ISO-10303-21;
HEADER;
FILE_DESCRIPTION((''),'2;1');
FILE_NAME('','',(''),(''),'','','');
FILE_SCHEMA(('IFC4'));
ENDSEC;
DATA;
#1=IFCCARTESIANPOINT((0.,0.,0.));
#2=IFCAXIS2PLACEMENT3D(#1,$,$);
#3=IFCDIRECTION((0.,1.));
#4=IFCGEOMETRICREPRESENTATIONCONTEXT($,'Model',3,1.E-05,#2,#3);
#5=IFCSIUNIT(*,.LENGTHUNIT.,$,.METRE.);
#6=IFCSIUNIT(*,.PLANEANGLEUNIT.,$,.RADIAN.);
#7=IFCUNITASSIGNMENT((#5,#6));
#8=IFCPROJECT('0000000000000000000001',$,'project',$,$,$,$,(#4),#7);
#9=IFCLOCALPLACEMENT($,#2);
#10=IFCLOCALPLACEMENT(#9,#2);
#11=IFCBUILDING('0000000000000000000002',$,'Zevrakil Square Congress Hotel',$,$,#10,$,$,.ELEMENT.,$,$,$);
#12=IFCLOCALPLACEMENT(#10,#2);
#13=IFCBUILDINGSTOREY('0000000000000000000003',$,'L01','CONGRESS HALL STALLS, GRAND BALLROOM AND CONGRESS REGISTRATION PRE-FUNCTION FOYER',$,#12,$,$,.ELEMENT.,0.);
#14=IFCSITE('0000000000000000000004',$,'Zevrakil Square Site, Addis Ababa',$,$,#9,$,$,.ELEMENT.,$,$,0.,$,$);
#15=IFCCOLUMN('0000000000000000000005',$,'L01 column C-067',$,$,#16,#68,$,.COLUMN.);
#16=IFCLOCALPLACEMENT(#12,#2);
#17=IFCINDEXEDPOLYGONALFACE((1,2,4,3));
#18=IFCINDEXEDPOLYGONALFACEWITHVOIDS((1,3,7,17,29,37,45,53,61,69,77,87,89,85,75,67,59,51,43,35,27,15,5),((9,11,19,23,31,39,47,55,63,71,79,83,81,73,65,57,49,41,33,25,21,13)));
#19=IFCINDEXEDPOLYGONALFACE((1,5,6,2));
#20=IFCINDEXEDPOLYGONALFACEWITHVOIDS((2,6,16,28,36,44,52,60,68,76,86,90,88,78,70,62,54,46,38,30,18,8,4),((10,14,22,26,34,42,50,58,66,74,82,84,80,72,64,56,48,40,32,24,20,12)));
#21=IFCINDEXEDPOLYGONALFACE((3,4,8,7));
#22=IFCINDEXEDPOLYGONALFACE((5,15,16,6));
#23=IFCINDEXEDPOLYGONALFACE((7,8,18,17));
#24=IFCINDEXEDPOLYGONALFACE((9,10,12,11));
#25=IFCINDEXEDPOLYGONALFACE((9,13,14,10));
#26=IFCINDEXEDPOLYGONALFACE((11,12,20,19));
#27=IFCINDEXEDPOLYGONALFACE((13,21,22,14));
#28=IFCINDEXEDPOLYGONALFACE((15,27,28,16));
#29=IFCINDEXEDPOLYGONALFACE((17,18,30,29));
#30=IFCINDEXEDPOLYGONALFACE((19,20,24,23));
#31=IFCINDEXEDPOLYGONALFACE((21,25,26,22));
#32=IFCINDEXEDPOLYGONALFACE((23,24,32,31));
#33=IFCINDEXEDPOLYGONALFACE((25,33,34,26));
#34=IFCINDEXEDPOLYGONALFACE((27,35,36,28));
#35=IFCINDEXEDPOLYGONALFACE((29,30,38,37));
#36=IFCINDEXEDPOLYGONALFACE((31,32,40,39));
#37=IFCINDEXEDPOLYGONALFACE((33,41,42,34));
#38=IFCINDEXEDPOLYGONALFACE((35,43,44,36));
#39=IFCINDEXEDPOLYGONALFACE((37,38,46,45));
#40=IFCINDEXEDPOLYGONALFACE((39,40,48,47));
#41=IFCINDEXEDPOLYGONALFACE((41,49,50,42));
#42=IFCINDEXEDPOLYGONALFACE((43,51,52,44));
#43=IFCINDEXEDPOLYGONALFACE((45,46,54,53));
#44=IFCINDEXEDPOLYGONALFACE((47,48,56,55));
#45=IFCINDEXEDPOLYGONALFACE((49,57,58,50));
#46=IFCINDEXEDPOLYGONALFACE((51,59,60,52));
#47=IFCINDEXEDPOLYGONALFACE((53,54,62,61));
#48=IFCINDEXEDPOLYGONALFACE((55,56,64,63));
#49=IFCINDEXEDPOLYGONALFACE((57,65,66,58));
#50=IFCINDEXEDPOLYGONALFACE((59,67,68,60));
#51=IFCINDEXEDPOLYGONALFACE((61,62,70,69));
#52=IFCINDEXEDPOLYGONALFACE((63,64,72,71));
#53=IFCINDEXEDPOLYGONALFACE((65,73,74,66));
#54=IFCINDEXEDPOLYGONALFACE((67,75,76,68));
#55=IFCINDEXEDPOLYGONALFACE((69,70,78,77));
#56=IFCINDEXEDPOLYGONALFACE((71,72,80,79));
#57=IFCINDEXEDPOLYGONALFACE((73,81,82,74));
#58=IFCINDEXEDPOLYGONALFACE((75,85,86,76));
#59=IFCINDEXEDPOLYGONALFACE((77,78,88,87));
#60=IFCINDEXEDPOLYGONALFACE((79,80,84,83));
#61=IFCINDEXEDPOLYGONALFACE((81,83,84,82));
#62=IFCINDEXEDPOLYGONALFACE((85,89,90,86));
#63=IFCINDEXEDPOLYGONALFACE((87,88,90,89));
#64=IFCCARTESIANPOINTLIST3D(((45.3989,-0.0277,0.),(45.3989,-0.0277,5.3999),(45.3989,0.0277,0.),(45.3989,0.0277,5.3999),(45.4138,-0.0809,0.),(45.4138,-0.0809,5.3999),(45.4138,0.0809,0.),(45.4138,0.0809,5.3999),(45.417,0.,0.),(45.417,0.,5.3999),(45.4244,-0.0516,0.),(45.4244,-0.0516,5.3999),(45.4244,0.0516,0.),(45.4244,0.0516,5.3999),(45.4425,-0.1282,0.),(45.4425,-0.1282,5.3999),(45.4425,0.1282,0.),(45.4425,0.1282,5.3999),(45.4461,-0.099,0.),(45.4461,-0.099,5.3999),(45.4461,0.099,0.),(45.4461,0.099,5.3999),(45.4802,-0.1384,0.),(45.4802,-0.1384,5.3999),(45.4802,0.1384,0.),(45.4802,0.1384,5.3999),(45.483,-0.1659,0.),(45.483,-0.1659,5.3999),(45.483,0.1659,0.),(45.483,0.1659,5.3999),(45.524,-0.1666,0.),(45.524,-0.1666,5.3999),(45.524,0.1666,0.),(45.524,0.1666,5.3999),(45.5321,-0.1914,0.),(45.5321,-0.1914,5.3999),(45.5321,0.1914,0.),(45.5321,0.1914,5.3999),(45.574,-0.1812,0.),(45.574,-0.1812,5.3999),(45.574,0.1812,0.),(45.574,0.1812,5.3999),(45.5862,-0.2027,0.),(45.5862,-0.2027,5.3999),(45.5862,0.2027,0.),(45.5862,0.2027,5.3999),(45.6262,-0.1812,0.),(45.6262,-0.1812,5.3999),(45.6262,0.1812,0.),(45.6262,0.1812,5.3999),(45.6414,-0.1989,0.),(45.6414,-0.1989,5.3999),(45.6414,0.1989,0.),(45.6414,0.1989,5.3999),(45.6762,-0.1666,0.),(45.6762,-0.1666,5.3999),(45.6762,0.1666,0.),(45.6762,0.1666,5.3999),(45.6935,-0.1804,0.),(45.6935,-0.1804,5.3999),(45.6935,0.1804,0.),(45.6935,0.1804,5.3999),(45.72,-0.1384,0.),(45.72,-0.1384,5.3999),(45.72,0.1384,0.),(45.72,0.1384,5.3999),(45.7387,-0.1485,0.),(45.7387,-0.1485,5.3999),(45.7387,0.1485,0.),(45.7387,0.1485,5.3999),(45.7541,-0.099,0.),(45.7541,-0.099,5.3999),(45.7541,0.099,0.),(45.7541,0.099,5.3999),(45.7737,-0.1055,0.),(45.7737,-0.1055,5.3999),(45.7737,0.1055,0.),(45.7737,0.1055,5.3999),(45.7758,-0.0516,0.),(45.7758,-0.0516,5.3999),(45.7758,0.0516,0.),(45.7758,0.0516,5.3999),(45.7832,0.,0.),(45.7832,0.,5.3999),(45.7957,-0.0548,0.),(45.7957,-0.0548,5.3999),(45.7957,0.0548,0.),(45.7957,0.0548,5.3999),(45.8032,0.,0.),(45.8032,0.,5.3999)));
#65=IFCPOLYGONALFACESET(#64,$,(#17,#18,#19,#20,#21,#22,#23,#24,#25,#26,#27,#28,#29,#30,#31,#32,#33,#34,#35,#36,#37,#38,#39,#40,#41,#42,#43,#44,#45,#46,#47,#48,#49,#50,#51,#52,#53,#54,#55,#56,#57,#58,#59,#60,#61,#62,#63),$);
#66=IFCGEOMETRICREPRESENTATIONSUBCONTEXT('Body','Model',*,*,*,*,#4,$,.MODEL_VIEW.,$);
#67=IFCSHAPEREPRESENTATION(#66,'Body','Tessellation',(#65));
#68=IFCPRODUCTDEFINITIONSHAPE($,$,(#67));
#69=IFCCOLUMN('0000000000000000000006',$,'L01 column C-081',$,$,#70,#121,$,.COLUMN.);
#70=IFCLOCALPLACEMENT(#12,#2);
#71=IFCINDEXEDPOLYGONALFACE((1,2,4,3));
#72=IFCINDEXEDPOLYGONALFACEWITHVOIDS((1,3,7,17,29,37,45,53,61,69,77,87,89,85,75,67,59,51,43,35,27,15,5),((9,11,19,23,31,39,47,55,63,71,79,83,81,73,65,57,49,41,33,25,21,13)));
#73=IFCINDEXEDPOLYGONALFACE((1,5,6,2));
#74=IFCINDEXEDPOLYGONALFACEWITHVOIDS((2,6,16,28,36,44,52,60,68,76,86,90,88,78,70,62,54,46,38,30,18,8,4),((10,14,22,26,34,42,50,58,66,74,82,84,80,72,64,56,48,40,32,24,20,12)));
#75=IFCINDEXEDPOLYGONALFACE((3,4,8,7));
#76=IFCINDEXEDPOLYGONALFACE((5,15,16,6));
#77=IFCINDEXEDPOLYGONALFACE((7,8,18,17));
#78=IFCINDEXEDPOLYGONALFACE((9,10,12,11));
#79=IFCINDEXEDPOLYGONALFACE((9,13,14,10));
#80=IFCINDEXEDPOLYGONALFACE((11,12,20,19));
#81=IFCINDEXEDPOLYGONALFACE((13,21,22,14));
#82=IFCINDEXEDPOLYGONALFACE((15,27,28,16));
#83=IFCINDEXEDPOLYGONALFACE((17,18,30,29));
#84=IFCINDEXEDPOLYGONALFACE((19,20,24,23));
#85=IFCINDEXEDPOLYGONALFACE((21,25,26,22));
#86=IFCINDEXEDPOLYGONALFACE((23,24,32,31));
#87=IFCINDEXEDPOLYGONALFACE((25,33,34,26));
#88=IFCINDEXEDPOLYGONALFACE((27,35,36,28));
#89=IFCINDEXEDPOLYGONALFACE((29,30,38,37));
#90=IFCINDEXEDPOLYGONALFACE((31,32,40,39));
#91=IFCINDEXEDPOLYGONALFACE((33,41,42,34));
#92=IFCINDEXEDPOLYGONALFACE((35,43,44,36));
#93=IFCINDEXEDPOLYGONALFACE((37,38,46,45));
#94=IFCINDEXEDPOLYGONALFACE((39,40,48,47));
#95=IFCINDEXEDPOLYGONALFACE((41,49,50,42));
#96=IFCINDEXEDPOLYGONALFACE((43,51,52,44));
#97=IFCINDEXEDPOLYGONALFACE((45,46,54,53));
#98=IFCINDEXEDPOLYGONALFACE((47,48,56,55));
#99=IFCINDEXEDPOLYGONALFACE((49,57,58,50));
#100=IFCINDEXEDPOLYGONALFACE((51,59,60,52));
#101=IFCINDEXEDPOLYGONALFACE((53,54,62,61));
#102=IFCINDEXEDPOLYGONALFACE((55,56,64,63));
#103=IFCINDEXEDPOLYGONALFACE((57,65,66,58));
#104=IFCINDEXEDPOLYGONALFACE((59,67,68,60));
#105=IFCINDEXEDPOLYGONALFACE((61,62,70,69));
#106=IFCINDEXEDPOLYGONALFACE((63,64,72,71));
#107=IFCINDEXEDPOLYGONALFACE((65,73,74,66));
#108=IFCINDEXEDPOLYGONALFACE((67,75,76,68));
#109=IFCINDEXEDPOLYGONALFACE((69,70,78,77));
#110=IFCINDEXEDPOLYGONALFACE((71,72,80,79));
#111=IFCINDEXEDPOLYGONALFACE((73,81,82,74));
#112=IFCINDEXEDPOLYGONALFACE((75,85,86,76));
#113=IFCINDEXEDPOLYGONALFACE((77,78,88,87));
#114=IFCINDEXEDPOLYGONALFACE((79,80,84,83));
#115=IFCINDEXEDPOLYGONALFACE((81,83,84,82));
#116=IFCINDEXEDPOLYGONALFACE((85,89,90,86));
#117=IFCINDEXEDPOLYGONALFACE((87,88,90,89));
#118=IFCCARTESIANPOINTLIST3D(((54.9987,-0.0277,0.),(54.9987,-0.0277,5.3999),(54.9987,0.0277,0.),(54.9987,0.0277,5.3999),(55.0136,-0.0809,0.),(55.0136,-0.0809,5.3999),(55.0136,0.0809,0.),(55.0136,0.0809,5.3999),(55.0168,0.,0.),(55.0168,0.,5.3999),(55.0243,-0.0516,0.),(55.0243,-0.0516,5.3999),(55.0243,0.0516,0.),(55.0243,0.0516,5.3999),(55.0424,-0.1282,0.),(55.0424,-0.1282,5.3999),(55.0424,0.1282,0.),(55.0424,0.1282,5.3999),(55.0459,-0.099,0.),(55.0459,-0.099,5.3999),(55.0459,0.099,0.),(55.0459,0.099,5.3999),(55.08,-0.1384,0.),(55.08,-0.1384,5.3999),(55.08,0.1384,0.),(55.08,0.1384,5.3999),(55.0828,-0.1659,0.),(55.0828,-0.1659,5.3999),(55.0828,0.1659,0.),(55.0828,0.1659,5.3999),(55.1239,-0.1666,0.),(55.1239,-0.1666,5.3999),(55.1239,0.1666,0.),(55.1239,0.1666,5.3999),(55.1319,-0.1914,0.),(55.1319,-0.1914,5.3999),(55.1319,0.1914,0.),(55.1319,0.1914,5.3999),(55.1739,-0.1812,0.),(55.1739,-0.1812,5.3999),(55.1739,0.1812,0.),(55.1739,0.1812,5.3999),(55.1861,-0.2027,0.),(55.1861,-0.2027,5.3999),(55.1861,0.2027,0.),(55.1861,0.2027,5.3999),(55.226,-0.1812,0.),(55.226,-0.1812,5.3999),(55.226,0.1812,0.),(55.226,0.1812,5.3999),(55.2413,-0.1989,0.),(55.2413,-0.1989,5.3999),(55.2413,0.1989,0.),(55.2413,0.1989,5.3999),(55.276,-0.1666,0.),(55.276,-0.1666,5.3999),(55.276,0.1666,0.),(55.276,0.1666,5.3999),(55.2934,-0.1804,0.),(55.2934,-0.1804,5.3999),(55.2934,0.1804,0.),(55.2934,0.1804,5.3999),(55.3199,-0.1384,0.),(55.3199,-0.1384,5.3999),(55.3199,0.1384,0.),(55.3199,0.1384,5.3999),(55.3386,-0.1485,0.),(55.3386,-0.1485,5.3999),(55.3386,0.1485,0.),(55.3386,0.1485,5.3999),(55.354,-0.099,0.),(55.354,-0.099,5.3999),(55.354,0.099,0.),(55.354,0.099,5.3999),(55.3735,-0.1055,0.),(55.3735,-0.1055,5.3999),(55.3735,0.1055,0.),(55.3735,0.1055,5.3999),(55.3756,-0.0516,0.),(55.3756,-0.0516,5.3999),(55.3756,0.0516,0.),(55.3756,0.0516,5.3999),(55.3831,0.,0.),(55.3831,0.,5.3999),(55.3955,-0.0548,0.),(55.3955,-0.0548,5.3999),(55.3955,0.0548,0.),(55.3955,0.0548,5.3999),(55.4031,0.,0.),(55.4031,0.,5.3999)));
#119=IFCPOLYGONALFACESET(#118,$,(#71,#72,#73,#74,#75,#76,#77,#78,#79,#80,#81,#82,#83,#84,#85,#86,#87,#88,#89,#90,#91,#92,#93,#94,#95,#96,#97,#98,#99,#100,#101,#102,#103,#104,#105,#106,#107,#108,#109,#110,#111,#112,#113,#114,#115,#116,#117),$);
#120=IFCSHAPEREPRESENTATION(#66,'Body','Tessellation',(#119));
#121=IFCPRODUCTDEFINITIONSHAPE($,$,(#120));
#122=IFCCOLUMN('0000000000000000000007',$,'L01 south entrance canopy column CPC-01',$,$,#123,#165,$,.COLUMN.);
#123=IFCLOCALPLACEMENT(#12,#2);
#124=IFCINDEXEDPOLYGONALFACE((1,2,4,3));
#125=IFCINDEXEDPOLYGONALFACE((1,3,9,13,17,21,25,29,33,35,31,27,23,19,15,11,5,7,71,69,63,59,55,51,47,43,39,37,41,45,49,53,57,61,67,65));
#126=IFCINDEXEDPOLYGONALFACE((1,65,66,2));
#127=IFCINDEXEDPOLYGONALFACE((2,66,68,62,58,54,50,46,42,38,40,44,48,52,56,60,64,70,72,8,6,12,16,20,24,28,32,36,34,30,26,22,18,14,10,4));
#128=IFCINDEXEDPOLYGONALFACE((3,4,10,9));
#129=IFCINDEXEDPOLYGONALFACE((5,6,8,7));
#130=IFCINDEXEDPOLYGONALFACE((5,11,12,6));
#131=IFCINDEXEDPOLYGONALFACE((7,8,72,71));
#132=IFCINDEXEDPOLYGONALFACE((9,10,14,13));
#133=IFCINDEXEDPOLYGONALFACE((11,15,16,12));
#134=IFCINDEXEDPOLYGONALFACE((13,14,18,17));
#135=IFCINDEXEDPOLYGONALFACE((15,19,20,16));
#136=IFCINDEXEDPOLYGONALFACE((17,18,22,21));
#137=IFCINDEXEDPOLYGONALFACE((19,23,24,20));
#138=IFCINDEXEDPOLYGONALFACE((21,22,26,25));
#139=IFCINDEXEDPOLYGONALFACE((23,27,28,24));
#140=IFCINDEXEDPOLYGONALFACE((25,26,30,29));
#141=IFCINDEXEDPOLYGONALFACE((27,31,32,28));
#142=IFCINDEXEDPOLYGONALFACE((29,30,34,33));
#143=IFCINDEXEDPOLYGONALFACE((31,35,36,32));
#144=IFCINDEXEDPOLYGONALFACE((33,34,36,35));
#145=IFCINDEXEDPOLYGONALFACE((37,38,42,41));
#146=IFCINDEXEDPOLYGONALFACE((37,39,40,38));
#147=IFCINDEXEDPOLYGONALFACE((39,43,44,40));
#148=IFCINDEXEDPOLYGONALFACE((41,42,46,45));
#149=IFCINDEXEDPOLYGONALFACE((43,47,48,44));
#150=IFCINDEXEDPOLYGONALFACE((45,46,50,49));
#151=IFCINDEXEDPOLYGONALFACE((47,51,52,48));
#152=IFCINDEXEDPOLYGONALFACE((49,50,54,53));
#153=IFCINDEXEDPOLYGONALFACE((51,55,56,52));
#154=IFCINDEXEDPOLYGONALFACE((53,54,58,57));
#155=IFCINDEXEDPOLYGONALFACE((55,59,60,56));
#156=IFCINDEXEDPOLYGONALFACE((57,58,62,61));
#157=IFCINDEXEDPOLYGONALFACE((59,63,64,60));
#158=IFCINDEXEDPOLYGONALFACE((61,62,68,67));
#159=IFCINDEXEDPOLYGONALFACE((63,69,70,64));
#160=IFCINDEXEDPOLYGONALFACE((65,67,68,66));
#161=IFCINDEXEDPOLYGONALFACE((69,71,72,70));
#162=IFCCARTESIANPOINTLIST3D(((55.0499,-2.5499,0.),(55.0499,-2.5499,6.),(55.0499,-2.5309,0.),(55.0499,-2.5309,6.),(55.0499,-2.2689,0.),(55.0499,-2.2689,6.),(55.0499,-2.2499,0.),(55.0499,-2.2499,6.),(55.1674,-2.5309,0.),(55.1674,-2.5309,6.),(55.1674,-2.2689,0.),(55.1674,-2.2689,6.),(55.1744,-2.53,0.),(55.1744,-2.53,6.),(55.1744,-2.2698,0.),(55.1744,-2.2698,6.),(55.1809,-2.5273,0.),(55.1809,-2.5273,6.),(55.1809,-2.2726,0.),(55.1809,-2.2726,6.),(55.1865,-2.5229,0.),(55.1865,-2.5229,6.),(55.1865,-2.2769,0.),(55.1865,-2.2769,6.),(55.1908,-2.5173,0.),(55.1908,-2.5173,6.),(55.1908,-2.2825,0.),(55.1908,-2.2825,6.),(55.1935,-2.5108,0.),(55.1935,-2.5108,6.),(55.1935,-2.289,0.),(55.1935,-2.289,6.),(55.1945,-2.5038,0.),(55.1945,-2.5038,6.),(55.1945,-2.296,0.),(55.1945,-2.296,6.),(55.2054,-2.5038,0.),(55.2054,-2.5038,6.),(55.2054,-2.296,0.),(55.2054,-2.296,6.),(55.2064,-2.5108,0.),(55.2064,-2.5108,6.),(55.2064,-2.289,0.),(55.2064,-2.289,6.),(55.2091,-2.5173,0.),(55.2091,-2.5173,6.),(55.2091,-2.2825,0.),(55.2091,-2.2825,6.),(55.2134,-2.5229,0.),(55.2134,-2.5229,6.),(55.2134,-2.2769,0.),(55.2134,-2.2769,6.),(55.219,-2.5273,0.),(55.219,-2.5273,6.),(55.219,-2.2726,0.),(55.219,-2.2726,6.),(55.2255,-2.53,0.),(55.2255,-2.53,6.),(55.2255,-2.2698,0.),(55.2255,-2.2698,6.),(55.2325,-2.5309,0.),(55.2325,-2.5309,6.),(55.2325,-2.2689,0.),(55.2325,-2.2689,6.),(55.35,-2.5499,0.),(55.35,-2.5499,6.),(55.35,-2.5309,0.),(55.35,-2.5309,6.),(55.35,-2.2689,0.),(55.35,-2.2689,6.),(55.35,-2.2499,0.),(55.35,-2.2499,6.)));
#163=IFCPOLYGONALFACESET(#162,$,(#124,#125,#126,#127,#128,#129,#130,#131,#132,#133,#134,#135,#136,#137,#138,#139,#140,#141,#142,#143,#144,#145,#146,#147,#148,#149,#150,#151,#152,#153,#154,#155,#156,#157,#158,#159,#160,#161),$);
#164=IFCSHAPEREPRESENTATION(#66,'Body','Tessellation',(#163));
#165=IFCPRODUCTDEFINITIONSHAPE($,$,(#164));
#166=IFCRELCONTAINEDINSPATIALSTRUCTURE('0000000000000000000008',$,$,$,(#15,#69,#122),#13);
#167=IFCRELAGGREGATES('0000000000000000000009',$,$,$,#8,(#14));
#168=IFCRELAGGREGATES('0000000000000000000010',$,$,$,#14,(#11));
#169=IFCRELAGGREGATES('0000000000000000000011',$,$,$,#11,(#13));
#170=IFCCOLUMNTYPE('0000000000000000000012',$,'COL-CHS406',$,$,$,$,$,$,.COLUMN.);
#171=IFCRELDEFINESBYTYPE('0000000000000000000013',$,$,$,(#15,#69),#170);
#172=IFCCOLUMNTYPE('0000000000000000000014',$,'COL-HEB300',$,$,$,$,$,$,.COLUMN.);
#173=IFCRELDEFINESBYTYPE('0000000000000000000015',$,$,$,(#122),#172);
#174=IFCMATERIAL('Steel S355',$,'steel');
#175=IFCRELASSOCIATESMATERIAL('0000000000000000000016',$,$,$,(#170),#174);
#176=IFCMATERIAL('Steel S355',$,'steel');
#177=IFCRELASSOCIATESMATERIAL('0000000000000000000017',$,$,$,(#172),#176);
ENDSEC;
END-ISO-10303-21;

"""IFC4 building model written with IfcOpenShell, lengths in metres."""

from ifc_helpers import new_model, si_unit, direction, frame, origin, origin_2d, place, context, subcontext, project, spatial, hollow_circle, i_section, extrude, material, material_profile, profile_set, type_object, element, save


model = new_model("IFC4")

# Units and contexts
model_context = context("Model", 3, precision=1e-05, world=origin(), true_north=direction((0.0, 1.0)))
body_context = subcontext(model_context, "Body", "Model", "MODEL_VIEW")
ifc_project = project(units=[si_unit("LENGTHUNIT", "METRE"), si_unit("PLANEANGLEUNIT", "RADIAN")], contexts=[model_context])

# Site, building, storey
site_placement = place(None, origin())
site = spatial("IfcSite", under=ifc_project, at=site_placement, Name="Zevrakil Square Site, Addis Ababa", CompositionType="ELEMENT", RefElevation=0.0)
building_placement = place(site_placement, origin())
building = spatial("IfcBuilding", under=site, at=building_placement, Name="Zevrakil Square Congress Hotel", CompositionType="ELEMENT")
storey_placement = place(building_placement, origin())
storey = spatial("IfcBuildingStorey", under=building, at=storey_placement, Name="L01", Description="CONGRESS HALL STALLS, GRAND BALLROOM AND CONGRESS REGISTRATION PRE-FUNCTION FOYER", CompositionType="ELEMENT", Elevation=0.0)

# Columns
ifc_material_1 = material(Name="Steel S355", Category="steel")
ifc_material_profile_1 = material_profile(ifc_material_1, hollow_circle(Radius=0.2031, WallThickness=0.02, at=origin_2d()), Name="CHS 406.4x20")
ifc_profile_set_1 = profile_set([ifc_material_profile_1], Name="Steel S355")
column_type_1 = type_object("IfcColumnType", Name="COL-CHS406", PredefinedType="COLUMN", material=ifc_profile_set_1)
for number, where, z_axis, x_axis, name in (
    (1, (45.6001, 0.0, 0.0), (0.0, 0.0, 1.0), (1.0, 0.0, 0.0), "L01 column C-067"),
    (2, (55.2, 0.0, 0.0), (0.0, 0.0, 1.0), (1.0, 0.0, 0.0), "L01 column C-081"),
):
    element("IfcColumn", number, at=place(storey_placement, frame(where, z_axis=z_axis, x_axis=x_axis)), inside=storey, type_object=column_type_1, Name=name, PredefinedType="COLUMN", context=body_context, shape_type="SweptSolid", body=[
        extrude(hollow_circle(Radius=0.2031, WallThickness=0.02, at=origin_2d()), origin(), (0.0, 0.0, 1.0), 5.3999),
    ])
ifc_material_2 = material(Name="Steel S355", Category="steel")
ifc_material_profile_2 = material_profile(ifc_material_2, i_section(OverallWidth=0.3, OverallDepth=0.3, WebThickness=0.011, FlangeThickness=0.019, FilletRadius=0.0271, at=origin_2d()), Name="HEB 300")
ifc_profile_set_2 = profile_set([ifc_material_profile_2], Name="Steel S355")
column_type_2 = type_object("IfcColumnType", Name="COL-HEB300", PredefinedType="COLUMN", material=ifc_profile_set_2)
column_placement = place(storey_placement, frame((55.2, -2.3999, 0.0), z_axis=(0.0, 0.0, 1.0), x_axis=(1.0, 0.0, 0.0)))
element("IfcColumn", 3, at=column_placement, inside=storey, type_object=column_type_2, Name="L01 south entrance canopy column CPC-01", PredefinedType="COLUMN", context=body_context, shape_type="SweptSolid", body=[
    extrude(i_section(OverallWidth=0.3, OverallDepth=0.3, WebThickness=0.011, FlangeThickness=0.019, FilletRadius=0.0271, at=origin_2d()), origin(), (0.0, 0.0, 1.0), 6.0),
])

save(model, "model.ifc")
